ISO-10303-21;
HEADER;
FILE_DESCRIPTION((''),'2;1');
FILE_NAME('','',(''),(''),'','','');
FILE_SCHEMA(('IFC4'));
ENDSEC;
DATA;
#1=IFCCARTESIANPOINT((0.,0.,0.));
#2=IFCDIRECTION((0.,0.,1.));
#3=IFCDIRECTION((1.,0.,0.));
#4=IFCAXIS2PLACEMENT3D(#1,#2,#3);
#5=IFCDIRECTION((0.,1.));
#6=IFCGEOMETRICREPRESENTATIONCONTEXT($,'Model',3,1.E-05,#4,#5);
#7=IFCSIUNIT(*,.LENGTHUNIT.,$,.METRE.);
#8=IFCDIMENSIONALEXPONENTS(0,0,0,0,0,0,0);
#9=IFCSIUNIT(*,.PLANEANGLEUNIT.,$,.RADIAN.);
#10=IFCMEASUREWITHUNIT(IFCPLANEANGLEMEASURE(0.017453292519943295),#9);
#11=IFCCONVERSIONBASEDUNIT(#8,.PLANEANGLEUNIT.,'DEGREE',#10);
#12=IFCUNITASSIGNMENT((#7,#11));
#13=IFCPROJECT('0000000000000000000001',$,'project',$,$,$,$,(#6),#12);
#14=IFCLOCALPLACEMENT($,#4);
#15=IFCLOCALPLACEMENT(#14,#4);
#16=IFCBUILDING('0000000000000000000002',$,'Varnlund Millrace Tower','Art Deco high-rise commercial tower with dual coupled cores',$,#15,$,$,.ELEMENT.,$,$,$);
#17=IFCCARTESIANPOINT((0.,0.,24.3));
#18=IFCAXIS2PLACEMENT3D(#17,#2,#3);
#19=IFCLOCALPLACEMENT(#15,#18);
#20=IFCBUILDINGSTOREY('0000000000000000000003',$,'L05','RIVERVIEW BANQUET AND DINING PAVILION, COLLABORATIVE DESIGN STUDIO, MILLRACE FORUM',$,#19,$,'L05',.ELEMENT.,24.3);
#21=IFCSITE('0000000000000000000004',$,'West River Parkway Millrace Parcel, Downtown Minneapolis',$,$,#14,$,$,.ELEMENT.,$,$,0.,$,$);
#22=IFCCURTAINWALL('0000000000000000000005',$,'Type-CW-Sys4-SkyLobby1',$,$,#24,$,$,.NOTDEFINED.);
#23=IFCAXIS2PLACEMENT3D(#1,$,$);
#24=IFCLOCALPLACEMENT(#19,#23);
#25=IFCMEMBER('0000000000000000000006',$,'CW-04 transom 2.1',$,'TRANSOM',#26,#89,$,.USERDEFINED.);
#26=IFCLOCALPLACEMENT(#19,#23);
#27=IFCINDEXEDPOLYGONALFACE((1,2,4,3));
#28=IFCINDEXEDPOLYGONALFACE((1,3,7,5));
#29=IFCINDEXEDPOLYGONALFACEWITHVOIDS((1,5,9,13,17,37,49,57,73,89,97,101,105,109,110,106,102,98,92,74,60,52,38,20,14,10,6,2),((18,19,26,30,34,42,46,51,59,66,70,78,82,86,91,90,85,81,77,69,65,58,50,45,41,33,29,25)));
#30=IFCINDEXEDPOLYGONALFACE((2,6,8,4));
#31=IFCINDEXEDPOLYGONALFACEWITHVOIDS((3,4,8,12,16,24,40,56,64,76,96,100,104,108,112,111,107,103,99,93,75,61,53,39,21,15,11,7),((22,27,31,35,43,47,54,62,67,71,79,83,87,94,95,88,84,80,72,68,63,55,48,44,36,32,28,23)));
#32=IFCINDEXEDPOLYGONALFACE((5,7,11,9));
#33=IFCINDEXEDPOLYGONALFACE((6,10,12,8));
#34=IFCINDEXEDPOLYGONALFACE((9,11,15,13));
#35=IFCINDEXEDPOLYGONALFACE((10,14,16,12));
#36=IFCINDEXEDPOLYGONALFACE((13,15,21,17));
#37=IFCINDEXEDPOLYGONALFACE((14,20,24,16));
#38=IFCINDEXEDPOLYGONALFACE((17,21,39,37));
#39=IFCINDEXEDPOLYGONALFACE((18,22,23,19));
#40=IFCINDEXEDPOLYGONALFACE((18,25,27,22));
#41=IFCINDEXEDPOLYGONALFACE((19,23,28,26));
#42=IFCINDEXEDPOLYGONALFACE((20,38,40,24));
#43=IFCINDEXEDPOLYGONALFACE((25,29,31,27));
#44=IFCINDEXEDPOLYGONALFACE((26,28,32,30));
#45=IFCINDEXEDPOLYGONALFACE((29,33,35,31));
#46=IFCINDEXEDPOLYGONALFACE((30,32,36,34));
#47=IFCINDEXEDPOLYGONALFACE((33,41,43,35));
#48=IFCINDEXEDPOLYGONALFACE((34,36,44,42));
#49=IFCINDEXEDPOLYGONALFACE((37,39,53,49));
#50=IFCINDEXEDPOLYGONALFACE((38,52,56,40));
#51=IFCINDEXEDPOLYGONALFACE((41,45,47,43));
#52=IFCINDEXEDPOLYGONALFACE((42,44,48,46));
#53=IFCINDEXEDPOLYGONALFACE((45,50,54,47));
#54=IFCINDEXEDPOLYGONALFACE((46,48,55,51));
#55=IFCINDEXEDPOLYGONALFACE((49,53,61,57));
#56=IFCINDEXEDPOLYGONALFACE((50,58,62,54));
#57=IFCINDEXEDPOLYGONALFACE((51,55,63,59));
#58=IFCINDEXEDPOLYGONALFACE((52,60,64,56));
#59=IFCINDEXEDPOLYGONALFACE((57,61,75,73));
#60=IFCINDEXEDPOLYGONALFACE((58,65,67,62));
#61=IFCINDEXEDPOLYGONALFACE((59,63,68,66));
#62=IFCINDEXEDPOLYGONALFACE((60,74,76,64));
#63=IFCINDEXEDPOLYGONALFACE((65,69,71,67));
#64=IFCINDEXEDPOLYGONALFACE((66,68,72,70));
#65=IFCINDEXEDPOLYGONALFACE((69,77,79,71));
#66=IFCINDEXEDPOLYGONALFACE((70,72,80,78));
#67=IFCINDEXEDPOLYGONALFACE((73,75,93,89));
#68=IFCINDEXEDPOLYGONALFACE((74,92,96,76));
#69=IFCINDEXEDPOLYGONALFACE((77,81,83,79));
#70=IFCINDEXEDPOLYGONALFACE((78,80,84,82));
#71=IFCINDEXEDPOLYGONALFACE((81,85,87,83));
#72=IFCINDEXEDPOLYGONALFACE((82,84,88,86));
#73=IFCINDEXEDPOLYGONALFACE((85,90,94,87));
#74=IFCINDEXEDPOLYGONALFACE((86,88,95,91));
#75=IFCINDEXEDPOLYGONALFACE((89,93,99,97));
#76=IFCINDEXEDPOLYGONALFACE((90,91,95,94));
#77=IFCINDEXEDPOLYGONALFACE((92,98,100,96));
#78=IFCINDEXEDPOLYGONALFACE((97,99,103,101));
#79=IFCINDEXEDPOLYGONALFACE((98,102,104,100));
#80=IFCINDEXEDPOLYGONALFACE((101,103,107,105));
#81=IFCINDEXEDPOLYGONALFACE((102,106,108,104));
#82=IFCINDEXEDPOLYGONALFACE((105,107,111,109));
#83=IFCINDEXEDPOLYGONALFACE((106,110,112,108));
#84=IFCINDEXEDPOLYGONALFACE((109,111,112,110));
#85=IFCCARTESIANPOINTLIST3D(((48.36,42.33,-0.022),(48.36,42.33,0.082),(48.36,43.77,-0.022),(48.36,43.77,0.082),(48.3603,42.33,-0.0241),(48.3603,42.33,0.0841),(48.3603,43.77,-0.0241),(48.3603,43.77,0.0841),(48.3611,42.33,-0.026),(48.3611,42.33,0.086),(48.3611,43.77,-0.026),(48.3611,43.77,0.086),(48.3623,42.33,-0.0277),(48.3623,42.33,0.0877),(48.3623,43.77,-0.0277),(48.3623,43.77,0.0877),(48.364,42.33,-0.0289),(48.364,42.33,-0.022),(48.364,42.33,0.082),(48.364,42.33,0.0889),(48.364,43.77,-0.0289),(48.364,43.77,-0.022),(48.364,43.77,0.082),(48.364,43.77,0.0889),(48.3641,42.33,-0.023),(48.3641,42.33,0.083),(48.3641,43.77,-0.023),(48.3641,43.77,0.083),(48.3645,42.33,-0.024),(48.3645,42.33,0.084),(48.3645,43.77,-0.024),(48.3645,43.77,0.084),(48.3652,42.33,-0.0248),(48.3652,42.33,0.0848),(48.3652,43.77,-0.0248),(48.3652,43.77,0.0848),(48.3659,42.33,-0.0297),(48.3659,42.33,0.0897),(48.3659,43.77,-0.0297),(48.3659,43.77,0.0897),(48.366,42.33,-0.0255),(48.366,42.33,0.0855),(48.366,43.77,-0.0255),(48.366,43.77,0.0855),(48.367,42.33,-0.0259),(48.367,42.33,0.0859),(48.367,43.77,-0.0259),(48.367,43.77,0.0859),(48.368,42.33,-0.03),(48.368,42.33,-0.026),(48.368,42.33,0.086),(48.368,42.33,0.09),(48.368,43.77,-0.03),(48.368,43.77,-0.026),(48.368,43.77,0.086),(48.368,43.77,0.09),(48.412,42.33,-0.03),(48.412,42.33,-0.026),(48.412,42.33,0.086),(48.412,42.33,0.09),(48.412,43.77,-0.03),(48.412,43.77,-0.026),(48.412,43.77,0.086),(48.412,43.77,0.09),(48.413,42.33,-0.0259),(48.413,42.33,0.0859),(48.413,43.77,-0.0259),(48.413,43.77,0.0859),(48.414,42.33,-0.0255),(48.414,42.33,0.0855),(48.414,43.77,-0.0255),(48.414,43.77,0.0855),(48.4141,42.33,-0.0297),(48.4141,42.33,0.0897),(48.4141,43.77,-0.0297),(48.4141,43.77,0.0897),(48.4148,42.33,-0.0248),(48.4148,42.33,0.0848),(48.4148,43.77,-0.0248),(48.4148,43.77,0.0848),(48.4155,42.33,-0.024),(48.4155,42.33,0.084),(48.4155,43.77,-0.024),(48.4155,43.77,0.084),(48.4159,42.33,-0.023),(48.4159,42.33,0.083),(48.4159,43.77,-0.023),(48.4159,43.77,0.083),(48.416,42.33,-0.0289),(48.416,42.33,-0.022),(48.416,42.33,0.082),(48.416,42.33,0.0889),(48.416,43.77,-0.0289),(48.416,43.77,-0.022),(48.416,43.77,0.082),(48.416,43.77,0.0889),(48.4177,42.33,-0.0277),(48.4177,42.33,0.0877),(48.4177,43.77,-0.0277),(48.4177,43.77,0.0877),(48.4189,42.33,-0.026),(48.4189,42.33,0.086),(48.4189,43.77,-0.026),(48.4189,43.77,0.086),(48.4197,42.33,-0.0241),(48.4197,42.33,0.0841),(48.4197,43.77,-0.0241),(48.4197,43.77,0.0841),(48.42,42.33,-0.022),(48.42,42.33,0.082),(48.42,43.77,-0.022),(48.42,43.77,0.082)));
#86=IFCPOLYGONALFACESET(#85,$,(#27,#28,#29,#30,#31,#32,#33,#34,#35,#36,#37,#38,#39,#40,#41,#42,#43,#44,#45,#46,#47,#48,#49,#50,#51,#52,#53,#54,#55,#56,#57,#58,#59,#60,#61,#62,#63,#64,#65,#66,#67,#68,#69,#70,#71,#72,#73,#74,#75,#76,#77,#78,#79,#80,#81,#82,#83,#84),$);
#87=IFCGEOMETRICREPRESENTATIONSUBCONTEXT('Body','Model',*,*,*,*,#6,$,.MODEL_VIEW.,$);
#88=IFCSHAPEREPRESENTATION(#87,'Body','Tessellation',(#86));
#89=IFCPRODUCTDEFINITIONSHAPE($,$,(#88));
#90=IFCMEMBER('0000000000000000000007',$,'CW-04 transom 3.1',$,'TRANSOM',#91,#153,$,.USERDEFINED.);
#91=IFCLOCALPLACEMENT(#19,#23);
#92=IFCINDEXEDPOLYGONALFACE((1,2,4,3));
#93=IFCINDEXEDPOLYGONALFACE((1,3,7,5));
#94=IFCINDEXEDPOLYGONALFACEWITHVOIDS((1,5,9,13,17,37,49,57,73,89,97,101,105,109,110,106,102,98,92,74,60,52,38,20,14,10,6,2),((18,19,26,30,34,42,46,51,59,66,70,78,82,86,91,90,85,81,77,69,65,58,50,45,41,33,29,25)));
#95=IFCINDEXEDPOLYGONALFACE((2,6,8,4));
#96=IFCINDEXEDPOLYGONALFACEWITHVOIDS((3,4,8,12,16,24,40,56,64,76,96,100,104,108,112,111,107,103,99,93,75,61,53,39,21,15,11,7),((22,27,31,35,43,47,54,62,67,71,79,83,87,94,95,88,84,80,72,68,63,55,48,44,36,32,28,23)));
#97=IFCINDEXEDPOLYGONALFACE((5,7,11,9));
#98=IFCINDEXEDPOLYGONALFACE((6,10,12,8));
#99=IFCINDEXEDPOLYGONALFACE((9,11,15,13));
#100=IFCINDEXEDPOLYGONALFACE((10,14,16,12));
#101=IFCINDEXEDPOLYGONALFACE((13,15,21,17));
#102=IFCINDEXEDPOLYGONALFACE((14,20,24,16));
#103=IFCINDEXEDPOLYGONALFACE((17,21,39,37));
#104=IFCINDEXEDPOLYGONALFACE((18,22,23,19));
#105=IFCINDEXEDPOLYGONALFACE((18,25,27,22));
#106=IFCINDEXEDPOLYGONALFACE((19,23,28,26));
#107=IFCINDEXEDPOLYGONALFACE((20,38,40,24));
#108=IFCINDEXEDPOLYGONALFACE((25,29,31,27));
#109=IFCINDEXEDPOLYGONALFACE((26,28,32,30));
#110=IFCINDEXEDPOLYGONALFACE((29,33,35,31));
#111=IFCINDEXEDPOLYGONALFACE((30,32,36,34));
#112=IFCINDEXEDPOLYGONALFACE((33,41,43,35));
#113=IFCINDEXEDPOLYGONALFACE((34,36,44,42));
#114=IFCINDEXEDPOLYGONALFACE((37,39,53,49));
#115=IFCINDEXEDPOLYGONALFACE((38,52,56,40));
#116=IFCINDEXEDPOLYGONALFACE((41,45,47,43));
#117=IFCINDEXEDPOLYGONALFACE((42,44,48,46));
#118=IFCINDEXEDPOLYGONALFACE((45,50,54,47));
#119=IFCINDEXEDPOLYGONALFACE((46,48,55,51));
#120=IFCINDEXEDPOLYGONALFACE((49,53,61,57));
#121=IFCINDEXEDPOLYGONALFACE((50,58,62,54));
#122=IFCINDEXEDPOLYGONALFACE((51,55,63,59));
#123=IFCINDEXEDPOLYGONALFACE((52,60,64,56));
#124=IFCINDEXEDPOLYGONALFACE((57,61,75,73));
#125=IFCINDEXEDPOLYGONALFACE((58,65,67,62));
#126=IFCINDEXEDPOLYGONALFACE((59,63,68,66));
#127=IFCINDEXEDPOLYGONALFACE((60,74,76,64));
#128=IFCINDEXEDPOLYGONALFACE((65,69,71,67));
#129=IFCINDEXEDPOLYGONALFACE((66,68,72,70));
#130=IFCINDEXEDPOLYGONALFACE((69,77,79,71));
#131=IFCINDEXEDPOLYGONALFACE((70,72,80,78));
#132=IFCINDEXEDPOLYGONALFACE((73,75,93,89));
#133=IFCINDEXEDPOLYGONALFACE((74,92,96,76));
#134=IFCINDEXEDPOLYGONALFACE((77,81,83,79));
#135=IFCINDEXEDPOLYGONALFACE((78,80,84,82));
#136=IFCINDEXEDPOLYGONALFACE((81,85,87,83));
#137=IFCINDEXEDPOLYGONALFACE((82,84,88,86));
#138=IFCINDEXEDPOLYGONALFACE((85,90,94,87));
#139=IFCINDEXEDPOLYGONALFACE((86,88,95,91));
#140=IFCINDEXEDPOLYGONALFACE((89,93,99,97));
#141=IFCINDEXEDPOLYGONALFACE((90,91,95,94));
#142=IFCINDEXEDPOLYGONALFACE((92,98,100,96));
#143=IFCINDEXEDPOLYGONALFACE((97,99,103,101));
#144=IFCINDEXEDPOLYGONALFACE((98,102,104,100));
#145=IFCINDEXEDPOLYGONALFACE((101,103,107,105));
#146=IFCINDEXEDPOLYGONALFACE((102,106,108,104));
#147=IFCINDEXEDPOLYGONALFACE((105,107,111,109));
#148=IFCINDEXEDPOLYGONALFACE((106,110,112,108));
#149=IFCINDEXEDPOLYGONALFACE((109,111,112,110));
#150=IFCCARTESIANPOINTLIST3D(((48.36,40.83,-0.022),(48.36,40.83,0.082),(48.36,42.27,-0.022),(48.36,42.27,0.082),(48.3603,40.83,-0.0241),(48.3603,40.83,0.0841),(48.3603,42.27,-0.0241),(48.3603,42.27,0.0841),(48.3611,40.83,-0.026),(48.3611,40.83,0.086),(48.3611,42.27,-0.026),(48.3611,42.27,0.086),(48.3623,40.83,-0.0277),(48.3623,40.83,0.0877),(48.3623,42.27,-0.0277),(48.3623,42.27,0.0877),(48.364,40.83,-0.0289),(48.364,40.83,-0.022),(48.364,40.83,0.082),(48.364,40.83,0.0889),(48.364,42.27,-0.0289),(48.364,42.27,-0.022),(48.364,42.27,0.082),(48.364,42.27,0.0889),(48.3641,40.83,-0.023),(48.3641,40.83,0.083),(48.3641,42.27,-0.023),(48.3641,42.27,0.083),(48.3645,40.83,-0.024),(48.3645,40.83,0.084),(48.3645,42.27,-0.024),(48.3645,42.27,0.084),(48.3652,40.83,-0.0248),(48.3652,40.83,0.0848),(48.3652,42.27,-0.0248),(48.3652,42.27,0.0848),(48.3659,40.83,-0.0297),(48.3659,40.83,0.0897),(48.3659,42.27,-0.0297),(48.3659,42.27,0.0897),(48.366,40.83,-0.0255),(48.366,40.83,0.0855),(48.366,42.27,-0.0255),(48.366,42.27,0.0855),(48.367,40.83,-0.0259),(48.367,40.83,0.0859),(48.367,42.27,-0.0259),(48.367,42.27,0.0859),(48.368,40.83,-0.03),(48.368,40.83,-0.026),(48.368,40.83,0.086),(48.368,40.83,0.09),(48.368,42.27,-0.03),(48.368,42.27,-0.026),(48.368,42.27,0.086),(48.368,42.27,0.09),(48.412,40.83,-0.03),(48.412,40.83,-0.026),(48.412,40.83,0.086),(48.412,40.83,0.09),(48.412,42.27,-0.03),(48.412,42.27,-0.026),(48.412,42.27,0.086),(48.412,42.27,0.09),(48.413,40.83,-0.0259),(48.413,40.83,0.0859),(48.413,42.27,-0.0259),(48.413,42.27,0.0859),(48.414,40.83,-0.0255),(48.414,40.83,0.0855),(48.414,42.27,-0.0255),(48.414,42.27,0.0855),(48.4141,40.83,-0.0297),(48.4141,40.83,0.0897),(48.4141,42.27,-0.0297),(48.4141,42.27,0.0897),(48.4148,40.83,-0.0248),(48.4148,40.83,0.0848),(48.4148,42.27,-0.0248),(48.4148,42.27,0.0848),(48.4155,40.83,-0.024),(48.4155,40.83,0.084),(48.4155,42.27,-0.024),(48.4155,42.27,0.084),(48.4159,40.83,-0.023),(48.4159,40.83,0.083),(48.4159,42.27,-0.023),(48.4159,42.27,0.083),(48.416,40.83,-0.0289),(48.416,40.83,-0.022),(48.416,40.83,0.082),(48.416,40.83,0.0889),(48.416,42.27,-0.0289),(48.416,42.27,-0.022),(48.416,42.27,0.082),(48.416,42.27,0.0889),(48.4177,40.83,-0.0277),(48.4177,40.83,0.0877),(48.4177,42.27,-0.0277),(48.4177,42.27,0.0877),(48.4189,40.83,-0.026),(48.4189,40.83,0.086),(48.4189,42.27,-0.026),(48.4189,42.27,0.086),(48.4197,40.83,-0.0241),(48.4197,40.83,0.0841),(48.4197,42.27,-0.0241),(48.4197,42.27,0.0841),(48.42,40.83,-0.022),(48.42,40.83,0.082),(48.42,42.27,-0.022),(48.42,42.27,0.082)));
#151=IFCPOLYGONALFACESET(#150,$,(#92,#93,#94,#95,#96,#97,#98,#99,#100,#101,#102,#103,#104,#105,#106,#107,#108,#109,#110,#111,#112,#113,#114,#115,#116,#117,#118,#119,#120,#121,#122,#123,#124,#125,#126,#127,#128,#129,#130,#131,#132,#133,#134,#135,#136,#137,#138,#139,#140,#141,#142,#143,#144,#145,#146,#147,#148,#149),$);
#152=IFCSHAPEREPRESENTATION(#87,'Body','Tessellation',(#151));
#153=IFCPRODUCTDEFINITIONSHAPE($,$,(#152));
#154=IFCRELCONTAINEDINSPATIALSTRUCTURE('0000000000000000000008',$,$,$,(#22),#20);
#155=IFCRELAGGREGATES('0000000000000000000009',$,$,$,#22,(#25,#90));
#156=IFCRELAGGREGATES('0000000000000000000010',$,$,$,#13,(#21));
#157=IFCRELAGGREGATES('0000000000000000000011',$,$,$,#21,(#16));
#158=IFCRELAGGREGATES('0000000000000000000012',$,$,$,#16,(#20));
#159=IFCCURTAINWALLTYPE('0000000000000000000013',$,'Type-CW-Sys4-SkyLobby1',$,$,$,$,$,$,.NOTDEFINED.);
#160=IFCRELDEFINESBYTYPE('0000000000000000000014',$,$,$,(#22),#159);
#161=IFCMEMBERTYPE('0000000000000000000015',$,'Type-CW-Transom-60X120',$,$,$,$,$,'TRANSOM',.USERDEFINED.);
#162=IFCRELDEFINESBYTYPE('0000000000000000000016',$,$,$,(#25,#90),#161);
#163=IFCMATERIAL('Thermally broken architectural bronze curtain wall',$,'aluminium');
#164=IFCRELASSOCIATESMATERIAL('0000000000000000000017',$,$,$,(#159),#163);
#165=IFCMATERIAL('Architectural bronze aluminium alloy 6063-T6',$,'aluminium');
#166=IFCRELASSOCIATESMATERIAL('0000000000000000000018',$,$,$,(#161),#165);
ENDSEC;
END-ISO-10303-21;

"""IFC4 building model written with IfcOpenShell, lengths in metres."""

from ifc_helpers import new_model, entity, si_unit, converted_unit, direction, frame, origin_with_axes, origin_2d_with_axis, place, context, subcontext, project, spatial, hollow_rectangle, extrude, material, material_profile, profile_set, type_object, element, aggregate, save


model = new_model("IFC4")

# Units and contexts
model_context = context("Model", 3, precision=1e-05, world=origin_with_axes(), true_north=direction((0.0, 1.0)))
body_context = subcontext(model_context, "Body", "Model", "MODEL_VIEW")
ifc_project = project(units=[si_unit("LENGTHUNIT", "METRE"), converted_unit("PLANEANGLEUNIT", "DEGREE", entity("IfcPlaneAngleMeasure", 0.017453292519943295), si_unit("PLANEANGLEUNIT", "RADIAN"), dimensions=[0, 0, 0, 0, 0, 0, 0])], contexts=[model_context])

# Site, building, storey
site_placement = place(None, origin_with_axes())
site = spatial("IfcSite", under=ifc_project, at=site_placement, Name="West River Parkway Millrace Parcel, Downtown Minneapolis", CompositionType="ELEMENT", RefElevation=0.0)
building_placement = place(site_placement, origin_with_axes())
building = spatial("IfcBuilding", under=site, at=building_placement, Name="Varnlund Millrace Tower", Description="Art Deco high-rise commercial tower with dual coupled cores", CompositionType="ELEMENT")
storey_placement = place(building_placement, frame((0.0, 0.0, 24.3), z_axis=(0.0, 0.0, 1.0), x_axis=(1.0, 0.0, 0.0)))
storey = spatial("IfcBuildingStorey", under=building, at=storey_placement, Name="L05", Description="RIVERVIEW BANQUET AND DINING PAVILION, COLLABORATIVE DESIGN STUDIO, MILLRACE FORUM", LongName="L05", CompositionType="ELEMENT", Elevation=24.3)

# Curtain wall, members
ifc_material_1 = material(Name="Thermally broken architectural bronze curtain wall", Category="aluminium")
curtain_wall_type = type_object("IfcCurtainWallType", Name="Type-CW-Sys4-SkyLobby1", PredefinedType="NOTDEFINED", material=ifc_material_1)
curtain_wall_placement = place(storey_placement, frame((48.39, 45.3, 0.0), z_axis=(0.0, 0.0, 1.0), x_axis=(1.0, 0.0, 0.0)))
curtain_wall = element("IfcCurtainWall", 1, at=curtain_wall_placement, inside=storey, type_object=curtain_wall_type, Name="Type-CW-Sys4-SkyLobby1", PredefinedType="NOTDEFINED")
ifc_material_2 = material(Name="Architectural bronze aluminium alloy 6063-T6", Category="aluminium")
ifc_material_profile_1 = material_profile(ifc_material_2, hollow_rectangle(XDim=0.06, YDim=0.12, WallThickness=0.004, InnerFilletRadius=0.004, OuterFilletRadius=0.008, at=origin_2d_with_axis()), Name="Architectural bronze aluminium alloy 6063-T6")
ifc_profile_set_1 = profile_set([ifc_material_profile_1], Name="Architectural bronze aluminium alloy 6063-T6")
member_type_1 = type_object("IfcMemberType", Name="Type-CW-Transom-60X120", ElementType="TRANSOM", PredefinedType="USERDEFINED", material=ifc_profile_set_1)
member_1_placement = place(storey_placement, frame((48.39, 43.77, 0.03), z_axis=(0.0, -1.0, 0.0), x_axis=(1.0, 0.0, 0.0)))
member_1 = element("IfcMember", 2, at=member_1_placement, type_object=member_type_1, Name="CW-04 transom 2.1", ObjectType="TRANSOM", PredefinedType="USERDEFINED", context=body_context, shape_type="SweptSolid", body=[
    extrude(hollow_rectangle(XDim=0.06, YDim=0.12, WallThickness=0.004, InnerFilletRadius=0.004, OuterFilletRadius=0.008, at=origin_2d_with_axis()), origin_with_axes(), (0.0, 0.0, 1.0), 1.44),
])
member_2_placement = place(storey_placement, frame((48.39, 42.27, 0.03), z_axis=(0.0, -1.0, 0.0), x_axis=(1.0, 0.0, 0.0)))
member_2 = element("IfcMember", 3, at=member_2_placement, type_object=member_type_1, Name="CW-04 transom 3.1", ObjectType="TRANSOM", PredefinedType="USERDEFINED", context=body_context, shape_type="SweptSolid", body=[
    extrude(hollow_rectangle(XDim=0.06, YDim=0.12, WallThickness=0.004, InnerFilletRadius=0.004, OuterFilletRadius=0.008, at=origin_2d_with_axis()), origin_with_axes(), (0.0, 0.0, 1.0), 1.44),
])
aggregate(curtain_wall, [member_1, member_2])

save(model, "model.ifc")
